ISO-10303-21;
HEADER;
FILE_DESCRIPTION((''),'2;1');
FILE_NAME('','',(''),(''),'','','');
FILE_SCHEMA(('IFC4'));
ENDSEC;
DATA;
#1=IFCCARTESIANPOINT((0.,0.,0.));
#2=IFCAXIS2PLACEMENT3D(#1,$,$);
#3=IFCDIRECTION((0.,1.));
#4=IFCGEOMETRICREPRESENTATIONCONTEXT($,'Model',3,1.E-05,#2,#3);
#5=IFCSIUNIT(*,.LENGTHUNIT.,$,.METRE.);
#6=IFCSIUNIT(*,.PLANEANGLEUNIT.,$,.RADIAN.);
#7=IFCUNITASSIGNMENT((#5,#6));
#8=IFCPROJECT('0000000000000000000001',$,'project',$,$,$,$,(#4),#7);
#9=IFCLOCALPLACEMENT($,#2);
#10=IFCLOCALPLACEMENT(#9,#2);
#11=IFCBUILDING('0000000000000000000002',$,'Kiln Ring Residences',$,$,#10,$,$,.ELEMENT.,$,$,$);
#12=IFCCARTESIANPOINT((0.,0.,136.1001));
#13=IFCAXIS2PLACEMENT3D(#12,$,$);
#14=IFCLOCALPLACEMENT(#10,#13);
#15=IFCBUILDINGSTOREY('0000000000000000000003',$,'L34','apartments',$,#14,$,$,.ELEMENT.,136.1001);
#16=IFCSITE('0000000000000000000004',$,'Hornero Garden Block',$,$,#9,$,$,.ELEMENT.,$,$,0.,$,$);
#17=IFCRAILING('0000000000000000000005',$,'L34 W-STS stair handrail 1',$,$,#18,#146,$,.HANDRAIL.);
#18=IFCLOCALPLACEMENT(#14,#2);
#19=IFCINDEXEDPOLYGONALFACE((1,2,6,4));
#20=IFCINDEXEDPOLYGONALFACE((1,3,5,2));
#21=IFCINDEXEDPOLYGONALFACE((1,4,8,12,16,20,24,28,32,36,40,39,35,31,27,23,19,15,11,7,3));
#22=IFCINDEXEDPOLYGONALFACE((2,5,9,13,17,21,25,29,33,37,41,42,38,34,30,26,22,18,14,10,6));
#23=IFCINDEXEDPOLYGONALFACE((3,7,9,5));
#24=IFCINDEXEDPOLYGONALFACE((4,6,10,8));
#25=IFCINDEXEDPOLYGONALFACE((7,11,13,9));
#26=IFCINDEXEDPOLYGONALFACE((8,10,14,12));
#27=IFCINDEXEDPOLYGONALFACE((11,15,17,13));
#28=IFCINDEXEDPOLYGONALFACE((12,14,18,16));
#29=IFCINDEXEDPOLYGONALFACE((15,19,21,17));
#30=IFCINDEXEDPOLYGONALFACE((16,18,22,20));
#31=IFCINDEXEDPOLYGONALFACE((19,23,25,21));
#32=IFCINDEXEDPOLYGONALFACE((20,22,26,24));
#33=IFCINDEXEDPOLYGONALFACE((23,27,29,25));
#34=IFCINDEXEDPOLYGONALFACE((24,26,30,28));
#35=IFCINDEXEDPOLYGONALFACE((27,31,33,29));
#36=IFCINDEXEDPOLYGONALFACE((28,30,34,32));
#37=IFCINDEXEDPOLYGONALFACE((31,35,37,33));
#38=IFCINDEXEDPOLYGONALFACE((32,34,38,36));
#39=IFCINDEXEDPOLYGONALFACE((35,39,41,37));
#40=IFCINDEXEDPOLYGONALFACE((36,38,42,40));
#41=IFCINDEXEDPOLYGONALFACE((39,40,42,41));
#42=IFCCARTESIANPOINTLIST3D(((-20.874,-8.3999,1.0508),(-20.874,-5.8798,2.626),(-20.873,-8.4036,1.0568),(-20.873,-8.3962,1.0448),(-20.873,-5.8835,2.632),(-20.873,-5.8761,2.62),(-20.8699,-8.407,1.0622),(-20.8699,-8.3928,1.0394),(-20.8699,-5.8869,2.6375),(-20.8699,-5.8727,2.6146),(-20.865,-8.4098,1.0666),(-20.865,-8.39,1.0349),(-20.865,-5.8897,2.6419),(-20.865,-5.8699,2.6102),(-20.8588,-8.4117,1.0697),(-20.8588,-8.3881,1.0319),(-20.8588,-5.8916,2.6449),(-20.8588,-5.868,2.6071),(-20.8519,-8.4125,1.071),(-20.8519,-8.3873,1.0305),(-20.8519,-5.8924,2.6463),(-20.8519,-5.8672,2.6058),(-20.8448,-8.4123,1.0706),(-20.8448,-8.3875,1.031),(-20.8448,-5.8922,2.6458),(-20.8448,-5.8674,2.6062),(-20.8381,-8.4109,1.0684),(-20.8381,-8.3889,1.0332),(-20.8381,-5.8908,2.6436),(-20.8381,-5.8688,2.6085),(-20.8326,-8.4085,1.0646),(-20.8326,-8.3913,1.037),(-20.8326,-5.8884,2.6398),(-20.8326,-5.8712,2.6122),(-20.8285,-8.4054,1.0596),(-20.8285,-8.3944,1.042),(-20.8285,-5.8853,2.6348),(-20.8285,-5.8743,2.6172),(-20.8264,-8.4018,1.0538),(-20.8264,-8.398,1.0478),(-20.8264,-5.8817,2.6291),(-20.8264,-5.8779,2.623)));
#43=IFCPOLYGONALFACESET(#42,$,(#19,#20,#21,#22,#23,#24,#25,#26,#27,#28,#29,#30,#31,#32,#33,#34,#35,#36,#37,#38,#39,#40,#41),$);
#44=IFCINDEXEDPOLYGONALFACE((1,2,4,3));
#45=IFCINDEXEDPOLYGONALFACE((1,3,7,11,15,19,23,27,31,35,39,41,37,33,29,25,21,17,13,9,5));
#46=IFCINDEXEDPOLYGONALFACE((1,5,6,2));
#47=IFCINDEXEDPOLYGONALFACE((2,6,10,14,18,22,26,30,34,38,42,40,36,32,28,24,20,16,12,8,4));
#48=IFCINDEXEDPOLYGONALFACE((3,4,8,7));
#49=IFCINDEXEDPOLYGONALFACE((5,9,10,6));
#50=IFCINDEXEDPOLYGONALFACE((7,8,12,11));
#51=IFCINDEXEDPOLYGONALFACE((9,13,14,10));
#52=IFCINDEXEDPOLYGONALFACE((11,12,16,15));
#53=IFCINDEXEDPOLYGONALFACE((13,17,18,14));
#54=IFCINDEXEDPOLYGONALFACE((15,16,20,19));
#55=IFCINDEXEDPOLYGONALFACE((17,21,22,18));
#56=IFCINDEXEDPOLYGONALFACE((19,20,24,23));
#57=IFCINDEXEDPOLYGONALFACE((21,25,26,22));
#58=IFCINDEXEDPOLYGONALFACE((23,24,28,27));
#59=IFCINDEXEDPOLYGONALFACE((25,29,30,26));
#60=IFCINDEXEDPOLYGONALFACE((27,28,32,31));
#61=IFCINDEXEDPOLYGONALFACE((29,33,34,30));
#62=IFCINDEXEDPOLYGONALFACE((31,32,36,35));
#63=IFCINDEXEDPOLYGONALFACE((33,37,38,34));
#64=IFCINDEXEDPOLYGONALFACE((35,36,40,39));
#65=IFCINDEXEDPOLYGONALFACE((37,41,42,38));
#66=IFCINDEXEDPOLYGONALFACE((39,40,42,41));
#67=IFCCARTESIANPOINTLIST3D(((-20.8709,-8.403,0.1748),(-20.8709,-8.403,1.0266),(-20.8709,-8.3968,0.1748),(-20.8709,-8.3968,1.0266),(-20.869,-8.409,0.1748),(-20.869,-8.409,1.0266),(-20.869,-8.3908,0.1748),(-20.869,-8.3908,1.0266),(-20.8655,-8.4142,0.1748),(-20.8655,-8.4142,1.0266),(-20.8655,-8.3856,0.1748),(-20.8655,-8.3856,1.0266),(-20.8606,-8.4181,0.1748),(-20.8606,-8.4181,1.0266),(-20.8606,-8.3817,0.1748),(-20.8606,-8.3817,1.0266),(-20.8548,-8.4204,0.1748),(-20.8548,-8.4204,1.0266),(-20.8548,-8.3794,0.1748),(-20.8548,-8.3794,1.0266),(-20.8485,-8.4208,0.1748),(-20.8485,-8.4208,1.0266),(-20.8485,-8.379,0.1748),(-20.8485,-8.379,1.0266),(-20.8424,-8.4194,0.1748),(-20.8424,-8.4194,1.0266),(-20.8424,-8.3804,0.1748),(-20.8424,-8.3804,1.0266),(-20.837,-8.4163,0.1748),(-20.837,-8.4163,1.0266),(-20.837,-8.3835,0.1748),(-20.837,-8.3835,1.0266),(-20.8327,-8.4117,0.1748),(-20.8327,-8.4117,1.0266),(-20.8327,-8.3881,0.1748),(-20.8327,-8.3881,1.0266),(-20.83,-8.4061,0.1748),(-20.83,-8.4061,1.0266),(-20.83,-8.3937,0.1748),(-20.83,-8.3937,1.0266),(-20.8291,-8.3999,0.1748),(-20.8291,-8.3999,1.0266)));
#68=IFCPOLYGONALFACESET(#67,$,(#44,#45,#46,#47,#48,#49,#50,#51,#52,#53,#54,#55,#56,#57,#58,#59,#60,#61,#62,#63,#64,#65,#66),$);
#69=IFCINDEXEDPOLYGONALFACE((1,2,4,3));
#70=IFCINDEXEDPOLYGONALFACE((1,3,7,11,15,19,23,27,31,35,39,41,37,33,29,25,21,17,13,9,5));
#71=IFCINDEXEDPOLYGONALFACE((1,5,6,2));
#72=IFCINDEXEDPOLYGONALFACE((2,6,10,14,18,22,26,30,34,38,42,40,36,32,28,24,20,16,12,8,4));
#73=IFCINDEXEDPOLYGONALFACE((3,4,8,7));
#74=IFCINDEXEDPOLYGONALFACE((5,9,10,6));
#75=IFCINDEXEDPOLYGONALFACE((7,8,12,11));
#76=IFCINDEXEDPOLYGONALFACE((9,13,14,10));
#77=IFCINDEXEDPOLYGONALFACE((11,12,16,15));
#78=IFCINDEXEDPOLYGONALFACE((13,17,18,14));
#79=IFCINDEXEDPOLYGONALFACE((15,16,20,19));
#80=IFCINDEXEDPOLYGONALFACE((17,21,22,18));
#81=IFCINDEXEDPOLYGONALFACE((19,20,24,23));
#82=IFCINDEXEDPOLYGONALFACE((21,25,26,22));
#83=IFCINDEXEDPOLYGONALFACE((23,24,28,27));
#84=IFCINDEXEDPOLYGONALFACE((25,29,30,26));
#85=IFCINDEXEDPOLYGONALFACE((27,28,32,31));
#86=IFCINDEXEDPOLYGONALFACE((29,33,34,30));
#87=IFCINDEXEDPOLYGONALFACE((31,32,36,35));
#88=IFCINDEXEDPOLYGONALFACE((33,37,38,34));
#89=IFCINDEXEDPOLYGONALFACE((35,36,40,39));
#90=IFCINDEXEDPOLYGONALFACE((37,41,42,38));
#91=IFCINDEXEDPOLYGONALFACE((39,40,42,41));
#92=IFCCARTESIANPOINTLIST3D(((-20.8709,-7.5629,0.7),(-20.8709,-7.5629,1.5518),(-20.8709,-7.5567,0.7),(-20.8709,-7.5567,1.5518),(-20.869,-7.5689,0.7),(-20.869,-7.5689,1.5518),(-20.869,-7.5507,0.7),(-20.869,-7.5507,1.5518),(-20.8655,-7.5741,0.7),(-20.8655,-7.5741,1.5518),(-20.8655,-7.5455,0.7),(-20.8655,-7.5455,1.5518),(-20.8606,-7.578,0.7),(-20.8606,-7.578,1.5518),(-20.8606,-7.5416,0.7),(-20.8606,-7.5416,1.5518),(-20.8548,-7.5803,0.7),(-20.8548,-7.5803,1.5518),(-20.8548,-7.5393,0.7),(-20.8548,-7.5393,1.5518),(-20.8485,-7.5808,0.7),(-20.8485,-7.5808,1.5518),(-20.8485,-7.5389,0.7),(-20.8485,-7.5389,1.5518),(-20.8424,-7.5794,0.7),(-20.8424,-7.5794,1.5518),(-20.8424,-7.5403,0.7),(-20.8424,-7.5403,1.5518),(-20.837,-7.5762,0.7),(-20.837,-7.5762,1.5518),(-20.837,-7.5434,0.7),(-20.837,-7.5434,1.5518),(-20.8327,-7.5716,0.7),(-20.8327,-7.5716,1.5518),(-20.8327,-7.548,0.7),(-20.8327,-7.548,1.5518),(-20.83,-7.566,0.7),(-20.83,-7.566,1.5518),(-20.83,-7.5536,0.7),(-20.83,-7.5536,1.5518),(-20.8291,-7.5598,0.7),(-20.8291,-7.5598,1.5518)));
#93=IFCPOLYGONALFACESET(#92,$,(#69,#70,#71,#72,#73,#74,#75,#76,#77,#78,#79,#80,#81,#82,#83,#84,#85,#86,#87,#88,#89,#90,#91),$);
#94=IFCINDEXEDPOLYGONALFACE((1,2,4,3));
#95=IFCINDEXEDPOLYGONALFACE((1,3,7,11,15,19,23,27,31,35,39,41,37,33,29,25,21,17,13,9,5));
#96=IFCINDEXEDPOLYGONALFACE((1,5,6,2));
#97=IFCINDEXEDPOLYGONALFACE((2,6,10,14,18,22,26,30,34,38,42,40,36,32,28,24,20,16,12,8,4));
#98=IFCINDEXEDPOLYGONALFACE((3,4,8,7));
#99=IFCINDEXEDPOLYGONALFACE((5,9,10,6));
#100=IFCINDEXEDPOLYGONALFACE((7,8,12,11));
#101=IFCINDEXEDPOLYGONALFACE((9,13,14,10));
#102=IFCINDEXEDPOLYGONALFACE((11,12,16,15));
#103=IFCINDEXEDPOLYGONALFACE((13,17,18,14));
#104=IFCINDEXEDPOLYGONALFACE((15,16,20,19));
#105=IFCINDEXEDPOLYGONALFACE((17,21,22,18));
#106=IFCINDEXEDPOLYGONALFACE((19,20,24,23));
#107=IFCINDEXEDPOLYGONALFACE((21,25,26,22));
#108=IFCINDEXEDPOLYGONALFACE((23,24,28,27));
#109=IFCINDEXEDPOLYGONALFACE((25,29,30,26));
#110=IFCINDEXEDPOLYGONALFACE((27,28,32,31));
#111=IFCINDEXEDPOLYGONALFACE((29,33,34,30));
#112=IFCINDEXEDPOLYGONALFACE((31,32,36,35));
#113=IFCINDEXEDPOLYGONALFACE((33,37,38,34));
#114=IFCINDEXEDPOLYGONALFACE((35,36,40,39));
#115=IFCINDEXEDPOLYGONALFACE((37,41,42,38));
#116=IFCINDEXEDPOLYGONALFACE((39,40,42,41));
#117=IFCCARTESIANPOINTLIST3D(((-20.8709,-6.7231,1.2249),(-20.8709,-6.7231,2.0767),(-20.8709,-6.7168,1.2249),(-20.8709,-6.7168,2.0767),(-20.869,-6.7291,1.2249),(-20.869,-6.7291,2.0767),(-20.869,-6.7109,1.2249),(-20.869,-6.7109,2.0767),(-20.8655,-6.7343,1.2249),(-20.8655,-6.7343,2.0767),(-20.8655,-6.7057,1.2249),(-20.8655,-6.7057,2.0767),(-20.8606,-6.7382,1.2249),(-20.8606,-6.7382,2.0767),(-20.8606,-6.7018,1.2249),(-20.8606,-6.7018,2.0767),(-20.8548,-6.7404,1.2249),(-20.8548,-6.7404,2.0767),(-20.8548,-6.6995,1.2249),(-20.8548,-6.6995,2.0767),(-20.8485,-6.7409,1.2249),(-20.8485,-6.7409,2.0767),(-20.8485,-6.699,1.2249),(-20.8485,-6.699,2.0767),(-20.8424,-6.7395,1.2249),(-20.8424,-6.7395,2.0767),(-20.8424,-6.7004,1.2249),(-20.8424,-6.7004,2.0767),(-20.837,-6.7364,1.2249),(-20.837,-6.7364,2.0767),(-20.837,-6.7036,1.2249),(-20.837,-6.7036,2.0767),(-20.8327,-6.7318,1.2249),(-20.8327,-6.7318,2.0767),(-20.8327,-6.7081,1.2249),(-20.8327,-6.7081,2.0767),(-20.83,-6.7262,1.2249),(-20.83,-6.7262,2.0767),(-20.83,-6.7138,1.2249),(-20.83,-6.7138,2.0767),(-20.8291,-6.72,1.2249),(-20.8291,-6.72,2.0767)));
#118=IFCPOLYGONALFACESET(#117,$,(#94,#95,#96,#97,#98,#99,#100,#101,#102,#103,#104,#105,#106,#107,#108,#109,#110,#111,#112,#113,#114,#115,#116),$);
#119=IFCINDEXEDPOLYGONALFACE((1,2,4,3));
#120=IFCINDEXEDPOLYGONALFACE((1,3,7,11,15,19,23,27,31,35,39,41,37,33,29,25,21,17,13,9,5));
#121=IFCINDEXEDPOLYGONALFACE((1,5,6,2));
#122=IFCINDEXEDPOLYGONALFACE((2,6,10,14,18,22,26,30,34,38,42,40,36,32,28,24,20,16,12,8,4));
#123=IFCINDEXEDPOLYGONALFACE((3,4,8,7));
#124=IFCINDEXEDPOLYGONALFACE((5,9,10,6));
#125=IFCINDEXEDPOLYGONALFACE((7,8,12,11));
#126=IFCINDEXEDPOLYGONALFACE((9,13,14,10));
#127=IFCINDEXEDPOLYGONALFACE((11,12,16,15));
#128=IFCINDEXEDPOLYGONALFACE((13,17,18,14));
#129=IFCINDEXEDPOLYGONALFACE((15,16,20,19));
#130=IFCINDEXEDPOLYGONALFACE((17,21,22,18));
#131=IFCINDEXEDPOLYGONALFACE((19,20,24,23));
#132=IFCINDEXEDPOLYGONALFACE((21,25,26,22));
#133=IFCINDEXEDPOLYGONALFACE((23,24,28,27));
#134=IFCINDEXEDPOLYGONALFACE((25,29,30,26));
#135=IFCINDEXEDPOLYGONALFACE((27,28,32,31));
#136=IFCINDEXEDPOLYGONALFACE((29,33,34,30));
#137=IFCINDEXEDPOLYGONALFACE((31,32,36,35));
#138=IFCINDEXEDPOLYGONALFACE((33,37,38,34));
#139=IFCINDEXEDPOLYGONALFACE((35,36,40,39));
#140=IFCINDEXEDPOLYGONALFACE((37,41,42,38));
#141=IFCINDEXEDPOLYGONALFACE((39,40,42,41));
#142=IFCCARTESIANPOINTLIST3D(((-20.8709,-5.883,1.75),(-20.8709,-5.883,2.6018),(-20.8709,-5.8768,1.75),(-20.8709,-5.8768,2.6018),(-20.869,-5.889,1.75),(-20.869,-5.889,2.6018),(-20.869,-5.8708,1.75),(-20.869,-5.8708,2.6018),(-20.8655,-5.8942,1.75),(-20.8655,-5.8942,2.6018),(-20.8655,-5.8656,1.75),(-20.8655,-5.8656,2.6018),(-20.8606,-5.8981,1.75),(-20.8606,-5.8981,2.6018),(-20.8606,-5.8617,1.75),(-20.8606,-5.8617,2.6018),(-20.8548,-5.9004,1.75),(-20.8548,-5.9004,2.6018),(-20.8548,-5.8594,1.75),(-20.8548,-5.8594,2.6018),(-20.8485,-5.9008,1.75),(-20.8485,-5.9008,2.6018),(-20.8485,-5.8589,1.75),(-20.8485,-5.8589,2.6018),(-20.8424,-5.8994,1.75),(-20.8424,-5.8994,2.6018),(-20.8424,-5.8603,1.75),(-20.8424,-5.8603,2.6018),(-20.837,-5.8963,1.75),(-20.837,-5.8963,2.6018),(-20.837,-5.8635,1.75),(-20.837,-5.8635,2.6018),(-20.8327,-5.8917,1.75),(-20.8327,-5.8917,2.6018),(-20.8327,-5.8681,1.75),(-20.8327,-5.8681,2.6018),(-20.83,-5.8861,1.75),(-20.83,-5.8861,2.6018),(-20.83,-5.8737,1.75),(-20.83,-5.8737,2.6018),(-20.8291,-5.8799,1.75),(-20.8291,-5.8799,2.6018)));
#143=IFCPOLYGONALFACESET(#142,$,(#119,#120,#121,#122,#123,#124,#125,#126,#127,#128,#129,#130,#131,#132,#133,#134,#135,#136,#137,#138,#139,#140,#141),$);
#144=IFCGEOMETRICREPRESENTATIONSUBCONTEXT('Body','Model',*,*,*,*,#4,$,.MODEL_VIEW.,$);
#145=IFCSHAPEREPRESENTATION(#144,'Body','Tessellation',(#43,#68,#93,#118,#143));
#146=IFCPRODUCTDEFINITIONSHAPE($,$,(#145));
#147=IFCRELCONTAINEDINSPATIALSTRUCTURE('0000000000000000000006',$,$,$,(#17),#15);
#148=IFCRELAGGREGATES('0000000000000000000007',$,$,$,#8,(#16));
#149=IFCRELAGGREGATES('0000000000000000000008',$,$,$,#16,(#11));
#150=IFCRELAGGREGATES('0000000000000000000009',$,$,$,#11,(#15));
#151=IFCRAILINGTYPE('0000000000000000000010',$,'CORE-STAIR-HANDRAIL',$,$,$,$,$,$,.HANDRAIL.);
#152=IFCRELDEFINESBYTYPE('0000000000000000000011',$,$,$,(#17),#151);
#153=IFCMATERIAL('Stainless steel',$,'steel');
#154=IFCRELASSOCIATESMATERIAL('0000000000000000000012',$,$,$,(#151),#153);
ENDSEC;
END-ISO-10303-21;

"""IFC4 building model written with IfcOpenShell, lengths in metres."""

from ifc_helpers import new_model, si_unit, direction, frame, origin, origin_2d, place, context, subcontext, project, spatial, circle, extrude, material, type_object, element, save


model = new_model("IFC4")

# Units and contexts
model_context = context("Model", 3, precision=1e-05, world=origin(), true_north=direction((0.0, 1.0)))
body_context = subcontext(model_context, "Body", "Model", "MODEL_VIEW")
ifc_project = project(units=[si_unit("LENGTHUNIT", "METRE"), si_unit("PLANEANGLEUNIT", "RADIAN")], contexts=[model_context])

# Site, building, storey
site_placement = place(None, origin())
site = spatial("IfcSite", under=ifc_project, at=site_placement, Name="Hornero Garden Block", CompositionType="ELEMENT", RefElevation=0.0)
building_placement = place(site_placement, origin())
building = spatial("IfcBuilding", under=site, at=building_placement, Name="Kiln Ring Residences", CompositionType="ELEMENT")
storey_placement = place(building_placement, frame((0.0, 0.0, 136.1001)))
storey = spatial("IfcBuildingStorey", under=building, at=storey_placement, Name="L34", Description="apartments", CompositionType="ELEMENT", Elevation=136.1001)

# Railing
ifc_material_1 = material(Name="Stainless steel", Category="steel")
railing_type_1 = type_object("IfcRailingType", Name="CORE-STAIR-HANDRAIL", PredefinedType="HANDRAIL", material=ifc_material_1)
railing_1_placement = place(storey_placement, frame((-20.8501, -8.3999, 0.1748)))
element("IfcRailing", 1, at=railing_1_placement, inside=storey, type_object=railing_type_1, Name="L34 W-STS stair handrail 1", PredefinedType="HANDRAIL", context=body_context, shape_type="SweptSolid", body=[
    extrude(circle(Radius=0.0239, at=origin_2d()), frame((0.0, 0.0, 0.876), z_axis=(0.0, 0.847971, 0.530043), x_axis=(-1.0, 0.0, 0.0)), (0.0, 0.0, 1.0), 2.9719),
    extrude(circle(Radius=0.021, at=origin_2d()), origin(), (0.0, 0.0, 1.0), 0.8518),
    extrude(circle(Radius=0.021, at=origin_2d()), frame((0.0, 0.8401, 0.5251)), (0.0, 0.0, 1.0), 0.8518),
    extrude(circle(Radius=0.021, at=origin_2d()), frame((0.0, 1.6799, 1.05)), (0.0, 0.0, 1.0), 0.8518),
    extrude(circle(Radius=0.021, at=origin_2d()), frame((0.0, 2.52, 1.5752)), (0.0, 0.0, 1.0), 0.8518),
])

save(model, "model.ifc")
